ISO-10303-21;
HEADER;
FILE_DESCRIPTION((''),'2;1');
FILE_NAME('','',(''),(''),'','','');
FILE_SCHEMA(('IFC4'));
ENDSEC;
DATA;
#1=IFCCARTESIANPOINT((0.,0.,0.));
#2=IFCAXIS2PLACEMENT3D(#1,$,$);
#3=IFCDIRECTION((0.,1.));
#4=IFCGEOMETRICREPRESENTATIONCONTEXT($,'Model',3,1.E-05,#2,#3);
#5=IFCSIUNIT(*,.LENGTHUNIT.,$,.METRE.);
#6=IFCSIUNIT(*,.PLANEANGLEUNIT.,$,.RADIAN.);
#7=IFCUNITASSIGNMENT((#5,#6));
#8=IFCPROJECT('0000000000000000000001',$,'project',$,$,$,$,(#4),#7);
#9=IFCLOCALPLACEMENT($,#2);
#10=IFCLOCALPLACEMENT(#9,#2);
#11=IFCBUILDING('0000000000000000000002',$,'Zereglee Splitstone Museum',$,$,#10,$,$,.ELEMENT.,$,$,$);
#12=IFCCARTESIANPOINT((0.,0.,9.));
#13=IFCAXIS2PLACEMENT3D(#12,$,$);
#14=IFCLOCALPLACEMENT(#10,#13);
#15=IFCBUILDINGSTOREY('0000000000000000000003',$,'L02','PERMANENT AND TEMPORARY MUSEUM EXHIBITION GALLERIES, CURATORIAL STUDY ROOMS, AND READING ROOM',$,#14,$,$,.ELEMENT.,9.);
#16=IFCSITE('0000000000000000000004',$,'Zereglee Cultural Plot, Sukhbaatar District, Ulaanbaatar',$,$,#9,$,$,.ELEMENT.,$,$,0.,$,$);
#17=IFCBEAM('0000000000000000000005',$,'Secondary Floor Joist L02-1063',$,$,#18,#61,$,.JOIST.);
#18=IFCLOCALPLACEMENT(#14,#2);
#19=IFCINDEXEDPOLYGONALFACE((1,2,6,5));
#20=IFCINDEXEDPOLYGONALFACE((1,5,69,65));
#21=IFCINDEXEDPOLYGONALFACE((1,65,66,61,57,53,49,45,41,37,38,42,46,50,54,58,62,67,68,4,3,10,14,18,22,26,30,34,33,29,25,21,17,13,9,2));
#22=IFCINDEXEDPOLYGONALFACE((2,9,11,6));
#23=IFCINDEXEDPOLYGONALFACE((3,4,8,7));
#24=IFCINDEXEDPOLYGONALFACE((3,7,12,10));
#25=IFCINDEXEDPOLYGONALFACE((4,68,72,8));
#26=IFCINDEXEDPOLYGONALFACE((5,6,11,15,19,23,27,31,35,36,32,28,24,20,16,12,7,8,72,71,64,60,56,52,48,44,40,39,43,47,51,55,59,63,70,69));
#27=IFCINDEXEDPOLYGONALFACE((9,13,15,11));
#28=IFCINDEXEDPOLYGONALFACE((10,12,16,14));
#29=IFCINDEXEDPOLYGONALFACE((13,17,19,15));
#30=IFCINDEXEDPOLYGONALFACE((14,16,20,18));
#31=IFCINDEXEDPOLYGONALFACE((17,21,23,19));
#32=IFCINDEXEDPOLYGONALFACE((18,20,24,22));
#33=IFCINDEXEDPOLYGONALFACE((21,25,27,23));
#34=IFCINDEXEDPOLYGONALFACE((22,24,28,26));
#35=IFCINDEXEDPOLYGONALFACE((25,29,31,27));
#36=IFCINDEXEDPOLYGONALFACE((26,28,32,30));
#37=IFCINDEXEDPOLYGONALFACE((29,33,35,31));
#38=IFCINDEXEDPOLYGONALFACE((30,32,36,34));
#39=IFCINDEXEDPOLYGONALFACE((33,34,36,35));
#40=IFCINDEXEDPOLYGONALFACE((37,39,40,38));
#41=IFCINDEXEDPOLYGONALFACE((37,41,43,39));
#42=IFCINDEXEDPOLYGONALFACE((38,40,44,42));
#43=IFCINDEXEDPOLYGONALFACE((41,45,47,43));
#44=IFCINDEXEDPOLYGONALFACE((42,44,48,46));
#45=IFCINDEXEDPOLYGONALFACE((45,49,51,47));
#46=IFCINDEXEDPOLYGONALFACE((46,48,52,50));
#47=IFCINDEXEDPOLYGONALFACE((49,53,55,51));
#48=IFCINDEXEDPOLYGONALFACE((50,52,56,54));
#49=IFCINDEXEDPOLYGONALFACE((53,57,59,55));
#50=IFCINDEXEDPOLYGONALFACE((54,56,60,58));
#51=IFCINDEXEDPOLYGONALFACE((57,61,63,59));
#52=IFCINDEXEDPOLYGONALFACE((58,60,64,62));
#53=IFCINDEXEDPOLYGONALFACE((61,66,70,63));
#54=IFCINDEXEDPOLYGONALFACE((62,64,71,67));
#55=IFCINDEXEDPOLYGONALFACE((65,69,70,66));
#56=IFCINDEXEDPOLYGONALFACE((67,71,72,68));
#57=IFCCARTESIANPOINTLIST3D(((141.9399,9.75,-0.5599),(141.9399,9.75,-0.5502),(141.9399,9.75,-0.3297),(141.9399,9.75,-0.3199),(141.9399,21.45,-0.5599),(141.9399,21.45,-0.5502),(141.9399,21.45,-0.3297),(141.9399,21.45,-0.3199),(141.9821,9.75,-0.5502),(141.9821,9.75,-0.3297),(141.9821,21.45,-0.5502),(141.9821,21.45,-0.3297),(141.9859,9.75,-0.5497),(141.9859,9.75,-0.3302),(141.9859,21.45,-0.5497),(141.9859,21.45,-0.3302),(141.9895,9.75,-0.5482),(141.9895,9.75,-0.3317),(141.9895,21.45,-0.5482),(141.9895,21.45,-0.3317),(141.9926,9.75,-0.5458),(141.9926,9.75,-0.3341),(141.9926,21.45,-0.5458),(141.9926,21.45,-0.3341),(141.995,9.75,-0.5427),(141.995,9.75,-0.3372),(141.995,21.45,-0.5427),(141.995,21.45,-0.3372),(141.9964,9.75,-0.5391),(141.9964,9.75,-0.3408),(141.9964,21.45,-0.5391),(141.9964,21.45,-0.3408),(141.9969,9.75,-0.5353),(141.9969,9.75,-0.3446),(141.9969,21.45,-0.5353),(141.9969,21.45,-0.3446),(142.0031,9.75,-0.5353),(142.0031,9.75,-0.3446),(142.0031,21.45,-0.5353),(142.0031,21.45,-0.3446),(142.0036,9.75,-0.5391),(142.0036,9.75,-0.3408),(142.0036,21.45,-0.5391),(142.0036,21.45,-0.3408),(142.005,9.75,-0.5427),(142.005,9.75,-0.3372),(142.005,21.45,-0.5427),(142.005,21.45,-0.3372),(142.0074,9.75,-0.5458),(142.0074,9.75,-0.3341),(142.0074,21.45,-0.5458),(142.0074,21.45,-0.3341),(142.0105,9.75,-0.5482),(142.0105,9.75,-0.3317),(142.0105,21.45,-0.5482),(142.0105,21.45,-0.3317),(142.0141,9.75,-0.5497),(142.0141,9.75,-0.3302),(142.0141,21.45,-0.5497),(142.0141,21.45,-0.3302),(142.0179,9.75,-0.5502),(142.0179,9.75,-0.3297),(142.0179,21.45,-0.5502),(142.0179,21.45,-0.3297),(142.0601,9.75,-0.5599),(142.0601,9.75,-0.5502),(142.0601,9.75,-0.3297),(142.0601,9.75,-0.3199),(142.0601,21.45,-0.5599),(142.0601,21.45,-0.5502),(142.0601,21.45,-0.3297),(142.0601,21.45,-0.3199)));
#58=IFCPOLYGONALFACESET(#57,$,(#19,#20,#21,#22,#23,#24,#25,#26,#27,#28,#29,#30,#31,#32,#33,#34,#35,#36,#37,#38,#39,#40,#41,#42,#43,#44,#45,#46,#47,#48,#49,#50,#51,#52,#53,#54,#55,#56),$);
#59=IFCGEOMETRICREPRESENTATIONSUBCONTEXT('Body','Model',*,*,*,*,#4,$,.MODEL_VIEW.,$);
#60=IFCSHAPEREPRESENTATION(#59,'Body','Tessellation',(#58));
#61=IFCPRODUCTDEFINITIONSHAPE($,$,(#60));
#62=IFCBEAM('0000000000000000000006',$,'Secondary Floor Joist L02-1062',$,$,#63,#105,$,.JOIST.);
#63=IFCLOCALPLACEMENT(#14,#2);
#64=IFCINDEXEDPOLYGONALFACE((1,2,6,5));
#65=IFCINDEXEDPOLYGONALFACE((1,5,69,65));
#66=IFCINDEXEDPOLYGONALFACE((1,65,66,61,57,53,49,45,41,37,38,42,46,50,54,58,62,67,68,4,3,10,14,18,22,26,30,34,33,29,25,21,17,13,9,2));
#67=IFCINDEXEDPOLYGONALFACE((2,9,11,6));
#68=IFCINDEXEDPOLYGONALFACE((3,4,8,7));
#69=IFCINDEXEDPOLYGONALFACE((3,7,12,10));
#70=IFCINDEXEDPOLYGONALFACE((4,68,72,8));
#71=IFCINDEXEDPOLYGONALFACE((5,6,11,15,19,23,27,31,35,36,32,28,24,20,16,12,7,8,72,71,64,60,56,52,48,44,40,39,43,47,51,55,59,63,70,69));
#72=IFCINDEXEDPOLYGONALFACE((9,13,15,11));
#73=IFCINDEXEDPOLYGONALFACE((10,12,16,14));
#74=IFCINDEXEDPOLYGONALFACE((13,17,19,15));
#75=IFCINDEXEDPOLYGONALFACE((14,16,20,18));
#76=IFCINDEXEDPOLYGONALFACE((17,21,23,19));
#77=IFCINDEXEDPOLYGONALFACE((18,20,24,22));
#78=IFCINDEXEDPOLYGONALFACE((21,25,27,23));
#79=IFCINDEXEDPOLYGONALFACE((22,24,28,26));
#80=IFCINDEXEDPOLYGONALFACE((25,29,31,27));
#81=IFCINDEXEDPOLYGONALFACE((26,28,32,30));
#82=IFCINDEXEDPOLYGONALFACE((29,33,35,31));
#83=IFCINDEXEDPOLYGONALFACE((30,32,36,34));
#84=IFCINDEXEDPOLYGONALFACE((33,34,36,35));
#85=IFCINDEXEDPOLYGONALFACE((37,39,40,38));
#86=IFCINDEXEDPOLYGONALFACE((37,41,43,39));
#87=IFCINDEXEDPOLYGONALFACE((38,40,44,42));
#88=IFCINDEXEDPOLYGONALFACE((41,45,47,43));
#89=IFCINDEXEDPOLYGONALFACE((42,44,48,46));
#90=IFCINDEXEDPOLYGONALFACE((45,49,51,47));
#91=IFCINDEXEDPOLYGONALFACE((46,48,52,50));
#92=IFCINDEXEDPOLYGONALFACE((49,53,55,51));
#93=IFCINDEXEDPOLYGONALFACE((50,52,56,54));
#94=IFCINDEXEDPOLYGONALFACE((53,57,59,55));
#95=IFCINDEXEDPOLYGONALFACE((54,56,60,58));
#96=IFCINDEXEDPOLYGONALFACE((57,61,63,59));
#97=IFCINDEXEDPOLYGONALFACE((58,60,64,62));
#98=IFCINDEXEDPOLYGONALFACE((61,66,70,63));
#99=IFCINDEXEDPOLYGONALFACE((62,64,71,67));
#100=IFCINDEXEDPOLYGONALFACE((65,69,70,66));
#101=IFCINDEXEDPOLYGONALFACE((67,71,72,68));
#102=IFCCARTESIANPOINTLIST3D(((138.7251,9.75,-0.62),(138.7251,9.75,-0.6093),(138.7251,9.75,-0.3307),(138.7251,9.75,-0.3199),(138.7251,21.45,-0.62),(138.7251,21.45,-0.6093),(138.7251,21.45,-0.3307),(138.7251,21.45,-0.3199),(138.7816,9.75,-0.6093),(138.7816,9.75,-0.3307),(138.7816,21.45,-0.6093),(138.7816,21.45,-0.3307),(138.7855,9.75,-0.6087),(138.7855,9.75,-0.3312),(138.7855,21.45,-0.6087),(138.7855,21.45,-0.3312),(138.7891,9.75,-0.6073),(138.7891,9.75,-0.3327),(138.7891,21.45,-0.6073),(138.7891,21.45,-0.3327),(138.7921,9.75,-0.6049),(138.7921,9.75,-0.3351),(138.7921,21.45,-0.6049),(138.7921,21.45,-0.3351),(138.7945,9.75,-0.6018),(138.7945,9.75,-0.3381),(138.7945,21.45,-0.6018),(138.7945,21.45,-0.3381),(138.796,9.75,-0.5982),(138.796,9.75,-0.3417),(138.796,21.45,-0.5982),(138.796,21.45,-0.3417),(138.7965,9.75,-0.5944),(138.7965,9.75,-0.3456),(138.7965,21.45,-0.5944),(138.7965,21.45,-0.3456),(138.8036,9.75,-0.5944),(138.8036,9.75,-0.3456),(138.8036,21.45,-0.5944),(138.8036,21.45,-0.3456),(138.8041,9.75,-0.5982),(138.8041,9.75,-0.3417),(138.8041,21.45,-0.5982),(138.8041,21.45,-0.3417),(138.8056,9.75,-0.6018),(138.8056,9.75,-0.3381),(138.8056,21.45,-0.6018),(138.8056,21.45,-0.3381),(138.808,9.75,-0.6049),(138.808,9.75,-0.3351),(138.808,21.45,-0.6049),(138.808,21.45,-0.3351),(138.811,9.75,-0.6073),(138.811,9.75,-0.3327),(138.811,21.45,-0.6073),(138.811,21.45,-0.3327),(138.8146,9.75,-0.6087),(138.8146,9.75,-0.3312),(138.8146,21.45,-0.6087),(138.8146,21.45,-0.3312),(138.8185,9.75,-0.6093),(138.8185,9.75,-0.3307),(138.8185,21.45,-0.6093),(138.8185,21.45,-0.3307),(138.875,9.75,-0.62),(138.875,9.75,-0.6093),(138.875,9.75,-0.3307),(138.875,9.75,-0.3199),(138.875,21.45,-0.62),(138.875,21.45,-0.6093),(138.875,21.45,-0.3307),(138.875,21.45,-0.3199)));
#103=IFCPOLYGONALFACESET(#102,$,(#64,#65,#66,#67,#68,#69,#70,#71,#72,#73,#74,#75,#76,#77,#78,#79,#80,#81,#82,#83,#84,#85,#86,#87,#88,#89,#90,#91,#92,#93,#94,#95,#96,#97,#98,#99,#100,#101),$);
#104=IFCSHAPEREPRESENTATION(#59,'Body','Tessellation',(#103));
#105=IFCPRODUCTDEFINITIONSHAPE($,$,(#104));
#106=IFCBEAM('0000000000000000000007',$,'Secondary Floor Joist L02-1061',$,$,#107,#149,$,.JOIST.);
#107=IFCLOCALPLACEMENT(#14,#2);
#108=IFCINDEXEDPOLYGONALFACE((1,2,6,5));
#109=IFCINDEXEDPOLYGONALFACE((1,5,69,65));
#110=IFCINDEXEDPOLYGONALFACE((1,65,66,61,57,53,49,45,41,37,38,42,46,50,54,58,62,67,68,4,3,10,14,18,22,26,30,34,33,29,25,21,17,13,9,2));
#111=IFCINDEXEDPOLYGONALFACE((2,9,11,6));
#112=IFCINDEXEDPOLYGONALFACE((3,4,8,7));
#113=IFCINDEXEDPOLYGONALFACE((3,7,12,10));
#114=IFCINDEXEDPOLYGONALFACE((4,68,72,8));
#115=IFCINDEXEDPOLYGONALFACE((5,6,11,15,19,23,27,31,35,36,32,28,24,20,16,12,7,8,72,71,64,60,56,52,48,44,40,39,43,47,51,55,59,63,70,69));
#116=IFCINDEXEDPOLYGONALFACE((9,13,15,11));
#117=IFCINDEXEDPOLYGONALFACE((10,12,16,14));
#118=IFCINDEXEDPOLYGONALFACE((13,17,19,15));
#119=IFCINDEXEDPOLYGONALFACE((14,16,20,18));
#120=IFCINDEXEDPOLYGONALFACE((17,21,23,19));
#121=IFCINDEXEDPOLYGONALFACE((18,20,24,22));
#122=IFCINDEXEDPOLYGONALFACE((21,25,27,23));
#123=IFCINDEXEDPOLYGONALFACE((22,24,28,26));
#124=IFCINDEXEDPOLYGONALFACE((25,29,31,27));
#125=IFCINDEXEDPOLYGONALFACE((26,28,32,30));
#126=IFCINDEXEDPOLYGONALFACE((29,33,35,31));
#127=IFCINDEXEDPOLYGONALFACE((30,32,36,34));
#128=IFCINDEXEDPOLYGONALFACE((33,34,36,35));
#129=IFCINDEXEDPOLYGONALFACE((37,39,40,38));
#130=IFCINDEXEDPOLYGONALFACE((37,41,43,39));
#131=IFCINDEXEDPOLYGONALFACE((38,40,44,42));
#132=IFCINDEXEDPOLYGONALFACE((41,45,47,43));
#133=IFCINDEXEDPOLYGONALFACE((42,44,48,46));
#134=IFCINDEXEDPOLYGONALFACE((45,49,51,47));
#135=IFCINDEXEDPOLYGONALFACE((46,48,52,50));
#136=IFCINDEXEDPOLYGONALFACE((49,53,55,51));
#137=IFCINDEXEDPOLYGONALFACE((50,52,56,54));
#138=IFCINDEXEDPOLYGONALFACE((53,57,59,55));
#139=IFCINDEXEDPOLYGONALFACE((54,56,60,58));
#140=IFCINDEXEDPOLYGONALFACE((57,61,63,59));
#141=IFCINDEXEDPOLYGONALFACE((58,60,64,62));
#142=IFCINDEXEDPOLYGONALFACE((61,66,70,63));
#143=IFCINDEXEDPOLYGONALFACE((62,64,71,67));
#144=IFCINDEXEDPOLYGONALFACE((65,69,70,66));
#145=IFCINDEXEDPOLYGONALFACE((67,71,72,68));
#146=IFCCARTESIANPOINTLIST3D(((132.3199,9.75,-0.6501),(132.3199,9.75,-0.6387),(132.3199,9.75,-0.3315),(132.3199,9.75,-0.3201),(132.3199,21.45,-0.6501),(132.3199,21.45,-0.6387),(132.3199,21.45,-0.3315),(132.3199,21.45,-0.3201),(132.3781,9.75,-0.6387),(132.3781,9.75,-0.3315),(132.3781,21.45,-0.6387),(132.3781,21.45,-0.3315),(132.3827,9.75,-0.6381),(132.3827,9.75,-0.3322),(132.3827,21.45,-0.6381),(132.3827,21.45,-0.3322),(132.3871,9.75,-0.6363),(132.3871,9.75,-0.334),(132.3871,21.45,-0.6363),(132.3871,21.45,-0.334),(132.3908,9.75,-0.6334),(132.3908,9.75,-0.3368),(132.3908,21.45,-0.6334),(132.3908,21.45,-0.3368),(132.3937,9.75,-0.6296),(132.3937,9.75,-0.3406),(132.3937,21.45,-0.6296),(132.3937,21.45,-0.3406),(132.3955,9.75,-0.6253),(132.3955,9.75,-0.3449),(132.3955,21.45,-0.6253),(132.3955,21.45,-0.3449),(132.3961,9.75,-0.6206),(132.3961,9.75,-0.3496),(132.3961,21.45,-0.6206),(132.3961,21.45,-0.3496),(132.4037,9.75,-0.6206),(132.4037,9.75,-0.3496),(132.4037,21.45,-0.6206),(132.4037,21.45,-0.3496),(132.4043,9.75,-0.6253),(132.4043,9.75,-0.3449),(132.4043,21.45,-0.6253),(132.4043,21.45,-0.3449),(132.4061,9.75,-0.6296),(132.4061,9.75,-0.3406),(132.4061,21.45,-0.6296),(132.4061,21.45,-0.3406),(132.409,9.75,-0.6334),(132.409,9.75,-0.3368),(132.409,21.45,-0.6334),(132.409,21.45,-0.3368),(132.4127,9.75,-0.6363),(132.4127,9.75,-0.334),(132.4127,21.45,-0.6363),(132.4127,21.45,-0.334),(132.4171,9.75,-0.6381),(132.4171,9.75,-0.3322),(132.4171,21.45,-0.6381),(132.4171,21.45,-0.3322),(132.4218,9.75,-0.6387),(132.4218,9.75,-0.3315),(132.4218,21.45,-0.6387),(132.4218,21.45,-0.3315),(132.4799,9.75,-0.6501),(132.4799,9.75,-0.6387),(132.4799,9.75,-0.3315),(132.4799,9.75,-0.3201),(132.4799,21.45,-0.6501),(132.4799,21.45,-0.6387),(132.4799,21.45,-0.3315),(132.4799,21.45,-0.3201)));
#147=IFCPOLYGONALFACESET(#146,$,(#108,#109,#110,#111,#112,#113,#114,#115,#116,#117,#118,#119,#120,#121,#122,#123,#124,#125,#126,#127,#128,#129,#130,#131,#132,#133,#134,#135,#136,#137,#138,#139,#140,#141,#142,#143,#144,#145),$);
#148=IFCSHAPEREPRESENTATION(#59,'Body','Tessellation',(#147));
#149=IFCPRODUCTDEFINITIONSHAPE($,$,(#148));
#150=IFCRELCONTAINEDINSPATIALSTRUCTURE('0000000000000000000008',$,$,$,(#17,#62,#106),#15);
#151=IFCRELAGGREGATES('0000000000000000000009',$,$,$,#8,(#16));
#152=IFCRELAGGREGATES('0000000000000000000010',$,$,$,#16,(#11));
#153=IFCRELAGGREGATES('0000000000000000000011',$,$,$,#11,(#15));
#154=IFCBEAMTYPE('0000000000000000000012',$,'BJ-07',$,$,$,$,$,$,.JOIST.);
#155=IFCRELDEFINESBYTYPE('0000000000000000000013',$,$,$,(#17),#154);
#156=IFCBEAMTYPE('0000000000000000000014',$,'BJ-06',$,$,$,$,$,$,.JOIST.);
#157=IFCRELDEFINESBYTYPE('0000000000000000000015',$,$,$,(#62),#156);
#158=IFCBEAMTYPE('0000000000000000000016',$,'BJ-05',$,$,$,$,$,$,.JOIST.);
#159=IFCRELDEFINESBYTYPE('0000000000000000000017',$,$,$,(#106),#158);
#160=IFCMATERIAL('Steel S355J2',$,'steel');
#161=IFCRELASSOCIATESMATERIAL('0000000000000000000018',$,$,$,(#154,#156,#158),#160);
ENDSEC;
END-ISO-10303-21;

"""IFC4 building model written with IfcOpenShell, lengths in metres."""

from ifc_helpers import new_model, si_unit, direction, frame, origin, origin_2d, place, context, subcontext, project, spatial, i_section, extrude, material, material_profile, profile_set, type_object, element, save


model = new_model("IFC4")

# Units and contexts
model_context = context("Model", 3, precision=1e-05, world=origin(), true_north=direction((0.0, 1.0)))
body_context = subcontext(model_context, "Body", "Model", "MODEL_VIEW")
ifc_project = project(units=[si_unit("LENGTHUNIT", "METRE"), si_unit("PLANEANGLEUNIT", "RADIAN")], contexts=[model_context])

# Site, building, storey
site_placement = place(None, origin())
site = spatial("IfcSite", under=ifc_project, at=site_placement, Name="Zereglee Cultural Plot, Sukhbaatar District, Ulaanbaatar", CompositionType="ELEMENT", RefElevation=0.0)
building_placement = place(site_placement, origin())
building = spatial("IfcBuilding", under=site, at=building_placement, Name="Zereglee Splitstone Museum", CompositionType="ELEMENT")
storey_placement = place(building_placement, frame((0.0, 0.0, 9.0)))
storey = spatial("IfcBuildingStorey", under=building, at=storey_placement, Name="L02", Description="PERMANENT AND TEMPORARY MUSEUM EXHIBITION GALLERIES, CURATORIAL STUDY ROOMS, AND READING ROOM", CompositionType="ELEMENT", Elevation=9.0)

# Shared definitions
ifc_material_1 = material(Name="Steel S355J2", Category="steel")

# Beams
ifc_material_profile_1 = material_profile(ifc_material_1, i_section(OverallWidth=0.1201, OverallDepth=0.24, WebThickness=0.0061, FlangeThickness=0.0098, FilletRadius=0.0149, at=origin_2d()), Name="IPE 240")
ifc_profile_set_1 = profile_set([ifc_material_profile_1], Name="Steel S355J2")
beam_type_1 = type_object("IfcBeamType", Name="BJ-07", PredefinedType="JOIST", material=ifc_profile_set_1)
beam_1_placement = place(storey_placement, frame((142.0, 9.75, -0.4399), z_axis=(0.0, 1.0, 0.0), x_axis=(-1.0, 0.0, 0.0)))
element("IfcBeam", 1, at=beam_1_placement, inside=storey, type_object=beam_type_1, Name="Secondary Floor Joist L02-1063", PredefinedType="JOIST", context=body_context, shape_type="SweptSolid", body=[
    extrude(i_section(OverallWidth=0.1201, OverallDepth=0.24, WebThickness=0.0061, FlangeThickness=0.0098, FilletRadius=0.0149, at=origin_2d()), origin(), (0.0, 0.0, 1.0), 11.7),
])
ifc_material_profile_2 = material_profile(ifc_material_1, i_section(OverallWidth=0.1499, OverallDepth=0.3, WebThickness=0.0071, FlangeThickness=0.0107, FilletRadius=0.0149, at=origin_2d()), Name="IPE 300")
ifc_profile_set_2 = profile_set([ifc_material_profile_2], Name="Steel S355J2")
beam_type_2 = type_object("IfcBeamType", Name="BJ-06", PredefinedType="JOIST", material=ifc_profile_set_2)
beam_2_placement = place(storey_placement, frame((138.8, 9.75, -0.47), z_axis=(0.0, 1.0, 0.0), x_axis=(-1.0, 0.0, 0.0)))
element("IfcBeam", 2, at=beam_2_placement, inside=storey, type_object=beam_type_2, Name="Secondary Floor Joist L02-1062", PredefinedType="JOIST", context=body_context, shape_type="SweptSolid", body=[
    extrude(i_section(OverallWidth=0.1499, OverallDepth=0.3, WebThickness=0.0071, FlangeThickness=0.0107, FilletRadius=0.0149, at=origin_2d()), origin(), (0.0, 0.0, 1.0), 11.7),
])
ifc_material_profile_3 = material_profile(ifc_material_1, i_section(OverallWidth=0.1599, OverallDepth=0.3301, WebThickness=0.0076, FlangeThickness=0.0115, FilletRadius=0.0181, at=origin_2d()), Name="IPE 330")
ifc_profile_set_3 = profile_set([ifc_material_profile_3], Name="Steel S355J2")
beam_type_3 = type_object("IfcBeamType", Name="BJ-05", PredefinedType="JOIST", material=ifc_profile_set_3)
beam_3_placement = place(storey_placement, frame((132.3999, 9.75, -0.4851), z_axis=(0.0, 1.0, 0.0), x_axis=(-1.0, 0.0, 0.0)))
element("IfcBeam", 3, at=beam_3_placement, inside=storey, type_object=beam_type_3, Name="Secondary Floor Joist L02-1061", PredefinedType="JOIST", context=body_context, shape_type="SweptSolid", body=[
    extrude(i_section(OverallWidth=0.1599, OverallDepth=0.3301, WebThickness=0.0076, FlangeThickness=0.0115, FilletRadius=0.0181, at=origin_2d()), origin(), (0.0, 0.0, 1.0), 11.7),
])

save(model, "model.ifc")
